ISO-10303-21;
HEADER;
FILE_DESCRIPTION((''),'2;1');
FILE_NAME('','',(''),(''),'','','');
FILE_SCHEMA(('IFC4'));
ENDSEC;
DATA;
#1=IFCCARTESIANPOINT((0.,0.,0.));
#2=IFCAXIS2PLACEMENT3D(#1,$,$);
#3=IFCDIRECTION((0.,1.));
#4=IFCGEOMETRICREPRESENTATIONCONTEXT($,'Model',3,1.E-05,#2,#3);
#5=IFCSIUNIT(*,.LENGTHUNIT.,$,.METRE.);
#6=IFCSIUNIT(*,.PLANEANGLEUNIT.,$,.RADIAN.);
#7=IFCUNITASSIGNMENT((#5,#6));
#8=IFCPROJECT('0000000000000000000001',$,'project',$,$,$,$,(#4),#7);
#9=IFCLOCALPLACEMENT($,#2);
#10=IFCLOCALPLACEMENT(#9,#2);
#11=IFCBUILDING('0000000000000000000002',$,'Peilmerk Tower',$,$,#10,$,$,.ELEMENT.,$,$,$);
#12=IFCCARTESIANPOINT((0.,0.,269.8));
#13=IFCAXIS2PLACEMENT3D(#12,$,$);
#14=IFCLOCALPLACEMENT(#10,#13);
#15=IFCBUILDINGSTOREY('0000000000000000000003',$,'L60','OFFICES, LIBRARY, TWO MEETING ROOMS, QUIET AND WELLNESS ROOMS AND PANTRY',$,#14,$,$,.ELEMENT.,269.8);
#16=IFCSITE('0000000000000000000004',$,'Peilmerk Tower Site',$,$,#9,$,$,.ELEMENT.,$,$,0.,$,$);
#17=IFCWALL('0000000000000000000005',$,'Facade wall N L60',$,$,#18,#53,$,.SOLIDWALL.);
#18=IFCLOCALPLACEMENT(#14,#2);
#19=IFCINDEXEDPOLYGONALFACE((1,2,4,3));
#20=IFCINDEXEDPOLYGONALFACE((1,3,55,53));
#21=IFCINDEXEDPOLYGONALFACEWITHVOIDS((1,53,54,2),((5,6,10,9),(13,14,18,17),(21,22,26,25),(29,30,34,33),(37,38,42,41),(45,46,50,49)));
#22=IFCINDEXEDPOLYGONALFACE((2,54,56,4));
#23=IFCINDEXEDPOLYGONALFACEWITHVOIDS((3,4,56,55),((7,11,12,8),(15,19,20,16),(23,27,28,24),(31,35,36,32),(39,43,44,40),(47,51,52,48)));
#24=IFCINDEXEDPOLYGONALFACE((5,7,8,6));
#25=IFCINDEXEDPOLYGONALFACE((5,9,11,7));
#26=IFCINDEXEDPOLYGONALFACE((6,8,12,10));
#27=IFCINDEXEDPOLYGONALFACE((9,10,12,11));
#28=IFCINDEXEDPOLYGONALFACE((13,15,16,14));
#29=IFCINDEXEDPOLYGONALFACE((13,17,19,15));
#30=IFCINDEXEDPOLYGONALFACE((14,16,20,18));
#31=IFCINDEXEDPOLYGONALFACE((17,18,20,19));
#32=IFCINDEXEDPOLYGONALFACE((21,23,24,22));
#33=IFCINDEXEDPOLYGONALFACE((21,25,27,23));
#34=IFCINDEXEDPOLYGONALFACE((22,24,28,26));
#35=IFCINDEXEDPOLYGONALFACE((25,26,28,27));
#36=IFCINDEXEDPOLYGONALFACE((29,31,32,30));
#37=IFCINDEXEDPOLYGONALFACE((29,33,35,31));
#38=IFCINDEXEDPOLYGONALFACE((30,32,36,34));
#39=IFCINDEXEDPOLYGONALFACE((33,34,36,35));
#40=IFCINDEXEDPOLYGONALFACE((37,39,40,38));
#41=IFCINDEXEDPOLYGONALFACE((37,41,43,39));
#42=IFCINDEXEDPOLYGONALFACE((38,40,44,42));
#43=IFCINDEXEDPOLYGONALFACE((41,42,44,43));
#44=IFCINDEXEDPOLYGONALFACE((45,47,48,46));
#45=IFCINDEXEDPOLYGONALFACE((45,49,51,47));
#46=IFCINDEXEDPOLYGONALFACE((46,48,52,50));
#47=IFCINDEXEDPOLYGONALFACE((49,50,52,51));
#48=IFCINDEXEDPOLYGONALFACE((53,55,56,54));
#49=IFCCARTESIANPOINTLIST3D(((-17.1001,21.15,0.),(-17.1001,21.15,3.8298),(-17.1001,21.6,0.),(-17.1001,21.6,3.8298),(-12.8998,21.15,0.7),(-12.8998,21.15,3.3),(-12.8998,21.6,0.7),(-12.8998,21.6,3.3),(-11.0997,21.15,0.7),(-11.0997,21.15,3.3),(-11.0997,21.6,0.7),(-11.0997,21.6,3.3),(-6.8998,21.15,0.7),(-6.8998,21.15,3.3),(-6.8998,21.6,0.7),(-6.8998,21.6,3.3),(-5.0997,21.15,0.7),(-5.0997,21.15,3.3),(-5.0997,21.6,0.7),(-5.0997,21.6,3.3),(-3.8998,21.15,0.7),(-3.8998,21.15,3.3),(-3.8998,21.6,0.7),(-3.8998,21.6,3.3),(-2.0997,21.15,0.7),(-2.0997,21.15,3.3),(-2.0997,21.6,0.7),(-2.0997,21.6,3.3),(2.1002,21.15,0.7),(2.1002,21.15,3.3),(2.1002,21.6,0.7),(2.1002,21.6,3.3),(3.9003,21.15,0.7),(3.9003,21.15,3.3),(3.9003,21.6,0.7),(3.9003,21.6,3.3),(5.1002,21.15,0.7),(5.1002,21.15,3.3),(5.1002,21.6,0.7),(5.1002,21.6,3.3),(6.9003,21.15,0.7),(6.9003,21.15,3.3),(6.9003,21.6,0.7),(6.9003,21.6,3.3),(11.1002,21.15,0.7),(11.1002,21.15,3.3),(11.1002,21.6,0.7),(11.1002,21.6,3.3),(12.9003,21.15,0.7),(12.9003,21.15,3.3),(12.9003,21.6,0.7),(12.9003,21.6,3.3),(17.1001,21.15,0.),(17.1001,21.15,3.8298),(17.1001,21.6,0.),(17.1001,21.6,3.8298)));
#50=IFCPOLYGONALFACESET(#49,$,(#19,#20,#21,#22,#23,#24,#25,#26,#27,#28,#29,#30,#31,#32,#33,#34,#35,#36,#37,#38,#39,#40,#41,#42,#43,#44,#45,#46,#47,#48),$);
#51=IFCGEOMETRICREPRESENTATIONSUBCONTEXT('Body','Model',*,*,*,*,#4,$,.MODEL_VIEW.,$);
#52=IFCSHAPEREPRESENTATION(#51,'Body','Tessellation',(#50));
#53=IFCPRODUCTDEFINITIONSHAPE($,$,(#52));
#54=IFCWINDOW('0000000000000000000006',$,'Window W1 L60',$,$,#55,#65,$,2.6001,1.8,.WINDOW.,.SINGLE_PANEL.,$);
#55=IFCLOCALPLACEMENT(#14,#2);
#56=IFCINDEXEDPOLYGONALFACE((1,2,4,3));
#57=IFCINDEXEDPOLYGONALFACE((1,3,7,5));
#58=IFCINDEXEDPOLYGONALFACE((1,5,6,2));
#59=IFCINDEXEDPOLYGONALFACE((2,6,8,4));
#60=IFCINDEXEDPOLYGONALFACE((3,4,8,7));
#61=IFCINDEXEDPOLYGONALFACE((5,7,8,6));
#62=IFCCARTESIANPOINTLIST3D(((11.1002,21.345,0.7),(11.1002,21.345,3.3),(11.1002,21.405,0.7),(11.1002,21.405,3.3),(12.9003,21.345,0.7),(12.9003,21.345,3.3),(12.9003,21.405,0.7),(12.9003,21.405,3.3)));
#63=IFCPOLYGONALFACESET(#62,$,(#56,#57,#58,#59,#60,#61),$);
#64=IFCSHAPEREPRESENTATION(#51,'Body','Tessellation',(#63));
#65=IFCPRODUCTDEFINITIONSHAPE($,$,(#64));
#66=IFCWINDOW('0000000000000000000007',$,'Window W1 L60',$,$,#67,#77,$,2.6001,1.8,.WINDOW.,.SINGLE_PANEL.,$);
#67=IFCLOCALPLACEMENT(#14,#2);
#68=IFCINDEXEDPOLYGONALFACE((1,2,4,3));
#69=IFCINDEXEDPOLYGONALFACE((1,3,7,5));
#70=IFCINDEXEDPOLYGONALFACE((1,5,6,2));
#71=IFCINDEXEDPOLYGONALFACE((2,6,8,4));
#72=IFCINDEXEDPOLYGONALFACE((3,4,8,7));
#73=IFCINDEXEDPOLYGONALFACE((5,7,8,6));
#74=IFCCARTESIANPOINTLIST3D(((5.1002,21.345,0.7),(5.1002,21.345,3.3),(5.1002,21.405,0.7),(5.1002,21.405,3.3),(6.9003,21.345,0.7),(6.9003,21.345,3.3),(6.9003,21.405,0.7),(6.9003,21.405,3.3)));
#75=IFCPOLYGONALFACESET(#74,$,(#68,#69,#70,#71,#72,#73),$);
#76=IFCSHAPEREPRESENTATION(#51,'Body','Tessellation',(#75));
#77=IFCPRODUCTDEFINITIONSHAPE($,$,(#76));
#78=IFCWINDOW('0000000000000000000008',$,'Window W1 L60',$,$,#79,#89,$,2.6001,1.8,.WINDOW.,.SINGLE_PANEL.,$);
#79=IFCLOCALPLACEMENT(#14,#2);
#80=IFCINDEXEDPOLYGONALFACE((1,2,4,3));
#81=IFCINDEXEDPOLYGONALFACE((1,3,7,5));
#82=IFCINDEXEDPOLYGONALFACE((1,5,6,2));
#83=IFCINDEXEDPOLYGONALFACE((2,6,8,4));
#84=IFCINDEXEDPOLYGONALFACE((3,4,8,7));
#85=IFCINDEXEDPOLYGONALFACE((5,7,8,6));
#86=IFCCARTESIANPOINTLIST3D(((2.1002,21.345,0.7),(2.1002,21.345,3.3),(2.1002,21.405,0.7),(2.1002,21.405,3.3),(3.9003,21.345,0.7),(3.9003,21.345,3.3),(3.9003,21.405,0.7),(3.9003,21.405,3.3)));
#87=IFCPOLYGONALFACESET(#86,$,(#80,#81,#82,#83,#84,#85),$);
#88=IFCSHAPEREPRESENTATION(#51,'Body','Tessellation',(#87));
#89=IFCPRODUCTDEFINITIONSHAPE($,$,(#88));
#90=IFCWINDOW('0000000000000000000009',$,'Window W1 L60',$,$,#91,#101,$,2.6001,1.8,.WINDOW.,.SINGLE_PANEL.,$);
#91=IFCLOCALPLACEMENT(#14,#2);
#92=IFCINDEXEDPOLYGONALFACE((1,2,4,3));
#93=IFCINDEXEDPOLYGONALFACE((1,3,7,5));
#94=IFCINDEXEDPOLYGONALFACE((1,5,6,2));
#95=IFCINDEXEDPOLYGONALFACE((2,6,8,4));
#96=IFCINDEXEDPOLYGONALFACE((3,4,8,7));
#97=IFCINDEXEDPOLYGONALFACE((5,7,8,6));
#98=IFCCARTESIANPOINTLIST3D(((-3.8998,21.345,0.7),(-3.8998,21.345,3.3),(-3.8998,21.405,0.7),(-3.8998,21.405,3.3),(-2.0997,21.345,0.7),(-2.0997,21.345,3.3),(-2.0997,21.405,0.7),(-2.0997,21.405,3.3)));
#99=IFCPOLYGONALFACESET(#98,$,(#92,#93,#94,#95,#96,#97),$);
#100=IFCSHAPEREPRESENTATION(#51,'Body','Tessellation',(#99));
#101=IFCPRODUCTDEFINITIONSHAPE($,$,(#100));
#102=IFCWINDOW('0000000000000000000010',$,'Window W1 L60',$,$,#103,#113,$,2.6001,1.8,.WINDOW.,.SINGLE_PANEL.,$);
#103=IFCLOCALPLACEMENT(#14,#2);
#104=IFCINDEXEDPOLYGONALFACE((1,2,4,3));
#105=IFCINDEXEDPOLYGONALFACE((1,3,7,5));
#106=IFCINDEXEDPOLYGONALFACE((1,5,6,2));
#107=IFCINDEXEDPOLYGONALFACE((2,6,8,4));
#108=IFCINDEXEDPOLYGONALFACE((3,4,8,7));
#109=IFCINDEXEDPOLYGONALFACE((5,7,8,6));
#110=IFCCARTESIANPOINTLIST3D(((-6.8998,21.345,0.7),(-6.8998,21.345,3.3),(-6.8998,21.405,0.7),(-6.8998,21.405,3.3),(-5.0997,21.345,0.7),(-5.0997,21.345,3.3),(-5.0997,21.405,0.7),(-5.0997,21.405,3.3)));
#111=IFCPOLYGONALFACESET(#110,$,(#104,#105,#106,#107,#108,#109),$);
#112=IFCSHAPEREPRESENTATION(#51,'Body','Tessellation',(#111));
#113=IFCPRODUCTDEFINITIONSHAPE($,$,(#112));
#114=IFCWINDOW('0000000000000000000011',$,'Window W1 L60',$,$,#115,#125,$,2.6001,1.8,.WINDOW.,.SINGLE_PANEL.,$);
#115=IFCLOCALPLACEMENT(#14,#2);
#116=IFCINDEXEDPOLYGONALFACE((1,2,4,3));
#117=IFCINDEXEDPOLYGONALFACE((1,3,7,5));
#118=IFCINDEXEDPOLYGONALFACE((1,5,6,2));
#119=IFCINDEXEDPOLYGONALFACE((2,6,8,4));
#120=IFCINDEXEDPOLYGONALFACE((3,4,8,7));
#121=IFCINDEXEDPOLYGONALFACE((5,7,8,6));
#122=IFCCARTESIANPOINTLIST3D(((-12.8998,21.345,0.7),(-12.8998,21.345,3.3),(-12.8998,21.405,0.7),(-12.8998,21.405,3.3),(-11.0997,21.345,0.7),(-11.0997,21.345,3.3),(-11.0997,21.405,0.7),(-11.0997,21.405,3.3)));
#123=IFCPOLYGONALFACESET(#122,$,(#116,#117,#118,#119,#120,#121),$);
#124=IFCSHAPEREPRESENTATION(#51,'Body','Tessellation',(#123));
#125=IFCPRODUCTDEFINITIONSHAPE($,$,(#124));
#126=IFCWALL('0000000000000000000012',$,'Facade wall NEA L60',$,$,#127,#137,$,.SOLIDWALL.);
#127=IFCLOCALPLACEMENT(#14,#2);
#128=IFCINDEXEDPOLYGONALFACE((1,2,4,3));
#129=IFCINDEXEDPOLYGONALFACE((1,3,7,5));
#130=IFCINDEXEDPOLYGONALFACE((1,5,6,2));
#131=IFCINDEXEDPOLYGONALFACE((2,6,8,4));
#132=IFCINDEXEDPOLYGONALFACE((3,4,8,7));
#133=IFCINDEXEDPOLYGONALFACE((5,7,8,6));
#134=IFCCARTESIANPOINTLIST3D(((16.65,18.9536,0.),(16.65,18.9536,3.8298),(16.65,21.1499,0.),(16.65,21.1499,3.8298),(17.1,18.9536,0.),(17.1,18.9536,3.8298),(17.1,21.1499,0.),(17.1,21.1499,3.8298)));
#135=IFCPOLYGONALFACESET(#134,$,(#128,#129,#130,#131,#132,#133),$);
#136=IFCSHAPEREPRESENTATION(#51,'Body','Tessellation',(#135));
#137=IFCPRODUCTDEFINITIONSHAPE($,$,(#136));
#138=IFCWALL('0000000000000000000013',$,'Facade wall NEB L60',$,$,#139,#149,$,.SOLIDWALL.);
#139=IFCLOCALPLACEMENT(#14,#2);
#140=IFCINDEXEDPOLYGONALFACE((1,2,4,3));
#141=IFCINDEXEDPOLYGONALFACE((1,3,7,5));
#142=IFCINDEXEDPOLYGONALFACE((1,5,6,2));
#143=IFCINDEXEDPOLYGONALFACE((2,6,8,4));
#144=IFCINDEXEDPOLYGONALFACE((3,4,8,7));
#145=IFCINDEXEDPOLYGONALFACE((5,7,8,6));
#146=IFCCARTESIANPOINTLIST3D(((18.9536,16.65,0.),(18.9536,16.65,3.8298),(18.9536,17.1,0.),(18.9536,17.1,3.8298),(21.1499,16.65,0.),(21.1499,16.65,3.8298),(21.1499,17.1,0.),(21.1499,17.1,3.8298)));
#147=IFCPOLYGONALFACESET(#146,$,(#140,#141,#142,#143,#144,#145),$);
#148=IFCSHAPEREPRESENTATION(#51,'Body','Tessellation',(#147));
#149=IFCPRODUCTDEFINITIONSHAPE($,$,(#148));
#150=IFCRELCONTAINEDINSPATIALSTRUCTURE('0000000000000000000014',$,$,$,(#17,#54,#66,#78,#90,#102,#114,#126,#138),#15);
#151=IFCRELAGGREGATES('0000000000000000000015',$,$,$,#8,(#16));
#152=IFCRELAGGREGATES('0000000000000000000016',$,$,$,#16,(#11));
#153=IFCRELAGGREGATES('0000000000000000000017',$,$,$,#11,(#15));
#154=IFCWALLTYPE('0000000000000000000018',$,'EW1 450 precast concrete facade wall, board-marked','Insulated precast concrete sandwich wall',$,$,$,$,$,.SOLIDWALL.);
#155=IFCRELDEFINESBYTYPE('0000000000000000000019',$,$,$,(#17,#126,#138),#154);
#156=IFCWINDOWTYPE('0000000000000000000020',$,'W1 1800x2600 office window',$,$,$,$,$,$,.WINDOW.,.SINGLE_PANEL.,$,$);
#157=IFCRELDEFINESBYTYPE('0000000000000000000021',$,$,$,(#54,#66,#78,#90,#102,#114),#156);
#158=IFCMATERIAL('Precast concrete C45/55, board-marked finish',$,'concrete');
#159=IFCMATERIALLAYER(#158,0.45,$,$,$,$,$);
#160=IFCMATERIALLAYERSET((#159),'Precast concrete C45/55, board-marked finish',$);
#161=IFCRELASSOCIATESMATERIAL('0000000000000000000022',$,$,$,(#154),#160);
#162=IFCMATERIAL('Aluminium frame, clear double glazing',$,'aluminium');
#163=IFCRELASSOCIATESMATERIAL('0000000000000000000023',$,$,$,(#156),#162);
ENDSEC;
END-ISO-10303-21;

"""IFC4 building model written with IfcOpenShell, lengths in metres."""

from ifc_helpers import new_model, si_unit, direction, frame, frame_2d, origin, place, context, subcontext, project, spatial, rectangle, extrude, material, layer, layer_set, type_object, element, fill, save


model = new_model("IFC4")

# Units and contexts
model_context = context("Model", 3, precision=1e-05, world=origin(), true_north=direction((0.0, 1.0)))
body_context = subcontext(model_context, "Body", "Model", "MODEL_VIEW")
ifc_project = project(units=[si_unit("LENGTHUNIT", "METRE"), si_unit("PLANEANGLEUNIT", "RADIAN")], contexts=[model_context])

# Site, building, storey
site_placement = place(None, origin())
site = spatial("IfcSite", under=ifc_project, at=site_placement, Name="Peilmerk Tower Site", CompositionType="ELEMENT", RefElevation=0.0)
building_placement = place(site_placement, origin())
building = spatial("IfcBuilding", under=site, at=building_placement, Name="Peilmerk Tower", CompositionType="ELEMENT")
storey_placement = place(building_placement, frame((0.0, 0.0, 269.8)))
storey = spatial("IfcBuildingStorey", under=building, at=storey_placement, Name="L60", Description="OFFICES, LIBRARY, TWO MEETING ROOMS, QUIET AND WELLNESS ROOMS AND PANTRY", CompositionType="ELEMENT", Elevation=269.8)

# Wall, openings, windows
ifc_material_1 = material(Name="Precast concrete C45/55, board-marked finish", Category="concrete")
ifc_layer_1 = layer(ifc_material_1, 0.45)
ifc_layer_set_1 = layer_set([ifc_layer_1], Name="Precast concrete C45/55, board-marked finish")
wall_type = type_object("IfcWallType", Name="EW1 450 precast concrete facade wall, board-marked", Description="Insulated precast concrete sandwich wall", PredefinedType="SOLIDWALL", material=ifc_layer_set_1)
wall_placement = place(storey_placement, frame((17.1001, 21.375, 0.0), z_axis=(0.0, 0.0, 1.0), x_axis=(-1.0, 0.0, 0.0)))
wall = element("IfcWall", 1, at=wall_placement, inside=storey, type_object=wall_type, Name="Facade wall N L60", PredefinedType="SOLIDWALL", context=body_context, shape_type="SweptSolid", body=[
    extrude(rectangle(XDim=34.2002, YDim=0.45, at=frame_2d((17.1001, 0.0))), origin(), (0.0, 0.0, 1.0), 3.8298),
])
opening_1_placement = place(wall_placement, frame((4.2, 0.0, 0.7)))
opening_1 = element("IfcOpeningElement", 2, at=opening_1_placement, cuts=wall, PredefinedType="OPENING", context=body_context, shape_type="SweptSolid", body=[
    extrude(rectangle(XDim=1.8, YDim=2.6001, at=frame_2d((0.8999, 1.3))), frame((0.0, 0.2349, 0.0), z_axis=(0.0, -1.0, 0.0), x_axis=(1.0, 0.0, 0.0)), (0.0, 0.0, 1.0), 0.47),
])
opening_2_placement = place(wall_placement, frame((10.2, 0.0, 0.7)))
opening_2 = element("IfcOpeningElement", 3, at=opening_2_placement, cuts=wall, PredefinedType="OPENING", context=body_context, shape_type="SweptSolid", body=[
    extrude(rectangle(XDim=1.8, YDim=2.6001, at=frame_2d((0.8999, 1.3))), frame((0.0, 0.2349, 0.0), z_axis=(0.0, -1.0, 0.0), x_axis=(1.0, 0.0, 0.0)), (0.0, 0.0, 1.0), 0.47),
])
opening_3_placement = place(wall_placement, frame((13.2, 0.0, 0.7)))
opening_3 = element("IfcOpeningElement", 4, at=opening_3_placement, cuts=wall, PredefinedType="OPENING", context=body_context, shape_type="SweptSolid", body=[
    extrude(rectangle(XDim=1.8, YDim=2.6001, at=frame_2d((0.8999, 1.3))), frame((0.0, 0.2349, 0.0), z_axis=(0.0, -1.0, 0.0), x_axis=(1.0, 0.0, 0.0)), (0.0, 0.0, 1.0), 0.47),
])
opening_4_placement = place(wall_placement, frame((19.2, 0.0, 0.7)))
opening_4 = element("IfcOpeningElement", 5, at=opening_4_placement, cuts=wall, PredefinedType="OPENING", context=body_context, shape_type="SweptSolid", body=[
    extrude(rectangle(XDim=1.8, YDim=2.6001, at=frame_2d((0.8999, 1.3))), frame((0.0, 0.2349, 0.0), z_axis=(0.0, -1.0, 0.0), x_axis=(1.0, 0.0, 0.0)), (0.0, 0.0, 1.0), 0.47),
])
opening_5_placement = place(wall_placement, frame((22.2, 0.0, 0.7)))
opening_5 = element("IfcOpeningElement", 6, at=opening_5_placement, cuts=wall, PredefinedType="OPENING", context=body_context, shape_type="SweptSolid", body=[
    extrude(rectangle(XDim=1.8, YDim=2.6001, at=frame_2d((0.8999, 1.3))), frame((0.0, 0.2349, 0.0), z_axis=(0.0, -1.0, 0.0), x_axis=(1.0, 0.0, 0.0)), (0.0, 0.0, 1.0), 0.47),
])
opening_6_placement = place(wall_placement, frame((28.2, 0.0, 0.7)))
opening_6 = element("IfcOpeningElement", 7, at=opening_6_placement, cuts=wall, PredefinedType="OPENING", context=body_context, shape_type="SweptSolid", body=[
    extrude(rectangle(XDim=1.8, YDim=2.6001, at=frame_2d((0.8999, 1.3))), frame((0.0, 0.2349, 0.0), z_axis=(0.0, -1.0, 0.0), x_axis=(1.0, 0.0, 0.0)), (0.0, 0.0, 1.0), 0.47),
])
ifc_material_2 = material(Name="Aluminium frame, clear double glazing", Category="aluminium")
window_type = type_object("IfcWindowType", Name="W1 1800x2600 office window", PartitioningType="SINGLE_PANEL", PredefinedType="WINDOW", material=ifc_material_2)
window_1_placement = place(opening_1_placement, origin())
window_1 = element("IfcWindow", 8, at=window_1_placement, inside=storey, type_object=window_type, Name="Window W1 L60", OverallHeight=2.6001, OverallWidth=1.8, PartitioningType="SINGLE_PANEL", PredefinedType="WINDOW", context=body_context, shape_type="SweptSolid", body=[
    extrude(rectangle(XDim=1.8, YDim=2.6001, at=frame_2d((0.8999, 1.3))), frame((0.0, 0.03, 0.0), z_axis=(0.0, -1.0, 0.0), x_axis=(1.0, 0.0, 0.0)), (0.0, 0.0, 1.0), 0.0601),
])
fill(opening_1, window_1)
window_2_placement = place(opening_2_placement, origin())
window_2 = element("IfcWindow", 9, at=window_2_placement, inside=storey, type_object=window_type, Name="Window W1 L60", OverallHeight=2.6001, OverallWidth=1.8, PartitioningType="SINGLE_PANEL", PredefinedType="WINDOW", context=body_context, shape_type="SweptSolid", body=[
    extrude(rectangle(XDim=1.8, YDim=2.6001, at=frame_2d((0.8999, 1.3))), frame((0.0, 0.03, 0.0), z_axis=(0.0, -1.0, 0.0), x_axis=(1.0, 0.0, 0.0)), (0.0, 0.0, 1.0), 0.0601),
])
fill(opening_2, window_2)
window_3_placement = place(opening_3_placement, origin())
window_3 = element("IfcWindow", 10, at=window_3_placement, inside=storey, type_object=window_type, Name="Window W1 L60", OverallHeight=2.6001, OverallWidth=1.8, PartitioningType="SINGLE_PANEL", PredefinedType="WINDOW", context=body_context, shape_type="SweptSolid", body=[
    extrude(rectangle(XDim=1.8, YDim=2.6001, at=frame_2d((0.8999, 1.3))), frame((0.0, 0.03, 0.0), z_axis=(0.0, -1.0, 0.0), x_axis=(1.0, 0.0, 0.0)), (0.0, 0.0, 1.0), 0.0601),
])
fill(opening_3, window_3)
window_4_placement = place(opening_4_placement, origin())
window_4 = element("IfcWindow", 11, at=window_4_placement, inside=storey, type_object=window_type, Name="Window W1 L60", OverallHeight=2.6001, OverallWidth=1.8, PartitioningType="SINGLE_PANEL", PredefinedType="WINDOW", context=body_context, shape_type="SweptSolid", body=[
    extrude(rectangle(XDim=1.8, YDim=2.6001, at=frame_2d((0.8999, 1.3))), frame((0.0, 0.03, 0.0), z_axis=(0.0, -1.0, 0.0), x_axis=(1.0, 0.0, 0.0)), (0.0, 0.0, 1.0), 0.0601),
])
fill(opening_4, window_4)
window_5_placement = place(opening_5_placement, origin())
window_5 = element("IfcWindow", 12, at=window_5_placement, inside=storey, type_object=window_type, Name="Window W1 L60", OverallHeight=2.6001, OverallWidth=1.8, PartitioningType="SINGLE_PANEL", PredefinedType="WINDOW", context=body_context, shape_type="SweptSolid", body=[
    extrude(rectangle(XDim=1.8, YDim=2.6001, at=frame_2d((0.8999, 1.3))), frame((0.0, 0.03, 0.0), z_axis=(0.0, -1.0, 0.0), x_axis=(1.0, 0.0, 0.0)), (0.0, 0.0, 1.0), 0.0601),
])
fill(opening_5, window_5)
window_6_placement = place(opening_6_placement, origin())
window_6 = element("IfcWindow", 13, at=window_6_placement, inside=storey, type_object=window_type, Name="Window W1 L60", OverallHeight=2.6001, OverallWidth=1.8, PartitioningType="SINGLE_PANEL", PredefinedType="WINDOW", context=body_context, shape_type="SweptSolid", body=[
    extrude(rectangle(XDim=1.8, YDim=2.6001, at=frame_2d((0.8999, 1.3))), frame((0.0, 0.03, 0.0), z_axis=(0.0, -1.0, 0.0), x_axis=(1.0, 0.0, 0.0)), (0.0, 0.0, 1.0), 0.0601),
])
fill(opening_6, window_6)

# Walls
for number, where, z_axis, x_axis, name in (
    (14, (16.875, 18.9536, 0.0), (0.0, 0.0, 1.0), (0.0, 1.0, 0.0), "Facade wall NEA L60"),
    (15, (18.9536, 16.875, 0.0), (0.0, 0.0, 1.0), (1.0, 0.0, 0.0), "Facade wall NEB L60"),
):
    element("IfcWall", number, at=place(storey_placement, frame(where, z_axis=z_axis, x_axis=x_axis)), inside=storey, type_object=wall_type, Name=name, PredefinedType="SOLIDWALL", context=body_context, shape_type="SweptSolid", body=[
        extrude(rectangle(XDim=2.1963, YDim=0.45, at=frame_2d((1.0981, 0.0))), origin(), (0.0, 0.0, 1.0), 3.8298),
    ])

save(model, "model.ifc")
